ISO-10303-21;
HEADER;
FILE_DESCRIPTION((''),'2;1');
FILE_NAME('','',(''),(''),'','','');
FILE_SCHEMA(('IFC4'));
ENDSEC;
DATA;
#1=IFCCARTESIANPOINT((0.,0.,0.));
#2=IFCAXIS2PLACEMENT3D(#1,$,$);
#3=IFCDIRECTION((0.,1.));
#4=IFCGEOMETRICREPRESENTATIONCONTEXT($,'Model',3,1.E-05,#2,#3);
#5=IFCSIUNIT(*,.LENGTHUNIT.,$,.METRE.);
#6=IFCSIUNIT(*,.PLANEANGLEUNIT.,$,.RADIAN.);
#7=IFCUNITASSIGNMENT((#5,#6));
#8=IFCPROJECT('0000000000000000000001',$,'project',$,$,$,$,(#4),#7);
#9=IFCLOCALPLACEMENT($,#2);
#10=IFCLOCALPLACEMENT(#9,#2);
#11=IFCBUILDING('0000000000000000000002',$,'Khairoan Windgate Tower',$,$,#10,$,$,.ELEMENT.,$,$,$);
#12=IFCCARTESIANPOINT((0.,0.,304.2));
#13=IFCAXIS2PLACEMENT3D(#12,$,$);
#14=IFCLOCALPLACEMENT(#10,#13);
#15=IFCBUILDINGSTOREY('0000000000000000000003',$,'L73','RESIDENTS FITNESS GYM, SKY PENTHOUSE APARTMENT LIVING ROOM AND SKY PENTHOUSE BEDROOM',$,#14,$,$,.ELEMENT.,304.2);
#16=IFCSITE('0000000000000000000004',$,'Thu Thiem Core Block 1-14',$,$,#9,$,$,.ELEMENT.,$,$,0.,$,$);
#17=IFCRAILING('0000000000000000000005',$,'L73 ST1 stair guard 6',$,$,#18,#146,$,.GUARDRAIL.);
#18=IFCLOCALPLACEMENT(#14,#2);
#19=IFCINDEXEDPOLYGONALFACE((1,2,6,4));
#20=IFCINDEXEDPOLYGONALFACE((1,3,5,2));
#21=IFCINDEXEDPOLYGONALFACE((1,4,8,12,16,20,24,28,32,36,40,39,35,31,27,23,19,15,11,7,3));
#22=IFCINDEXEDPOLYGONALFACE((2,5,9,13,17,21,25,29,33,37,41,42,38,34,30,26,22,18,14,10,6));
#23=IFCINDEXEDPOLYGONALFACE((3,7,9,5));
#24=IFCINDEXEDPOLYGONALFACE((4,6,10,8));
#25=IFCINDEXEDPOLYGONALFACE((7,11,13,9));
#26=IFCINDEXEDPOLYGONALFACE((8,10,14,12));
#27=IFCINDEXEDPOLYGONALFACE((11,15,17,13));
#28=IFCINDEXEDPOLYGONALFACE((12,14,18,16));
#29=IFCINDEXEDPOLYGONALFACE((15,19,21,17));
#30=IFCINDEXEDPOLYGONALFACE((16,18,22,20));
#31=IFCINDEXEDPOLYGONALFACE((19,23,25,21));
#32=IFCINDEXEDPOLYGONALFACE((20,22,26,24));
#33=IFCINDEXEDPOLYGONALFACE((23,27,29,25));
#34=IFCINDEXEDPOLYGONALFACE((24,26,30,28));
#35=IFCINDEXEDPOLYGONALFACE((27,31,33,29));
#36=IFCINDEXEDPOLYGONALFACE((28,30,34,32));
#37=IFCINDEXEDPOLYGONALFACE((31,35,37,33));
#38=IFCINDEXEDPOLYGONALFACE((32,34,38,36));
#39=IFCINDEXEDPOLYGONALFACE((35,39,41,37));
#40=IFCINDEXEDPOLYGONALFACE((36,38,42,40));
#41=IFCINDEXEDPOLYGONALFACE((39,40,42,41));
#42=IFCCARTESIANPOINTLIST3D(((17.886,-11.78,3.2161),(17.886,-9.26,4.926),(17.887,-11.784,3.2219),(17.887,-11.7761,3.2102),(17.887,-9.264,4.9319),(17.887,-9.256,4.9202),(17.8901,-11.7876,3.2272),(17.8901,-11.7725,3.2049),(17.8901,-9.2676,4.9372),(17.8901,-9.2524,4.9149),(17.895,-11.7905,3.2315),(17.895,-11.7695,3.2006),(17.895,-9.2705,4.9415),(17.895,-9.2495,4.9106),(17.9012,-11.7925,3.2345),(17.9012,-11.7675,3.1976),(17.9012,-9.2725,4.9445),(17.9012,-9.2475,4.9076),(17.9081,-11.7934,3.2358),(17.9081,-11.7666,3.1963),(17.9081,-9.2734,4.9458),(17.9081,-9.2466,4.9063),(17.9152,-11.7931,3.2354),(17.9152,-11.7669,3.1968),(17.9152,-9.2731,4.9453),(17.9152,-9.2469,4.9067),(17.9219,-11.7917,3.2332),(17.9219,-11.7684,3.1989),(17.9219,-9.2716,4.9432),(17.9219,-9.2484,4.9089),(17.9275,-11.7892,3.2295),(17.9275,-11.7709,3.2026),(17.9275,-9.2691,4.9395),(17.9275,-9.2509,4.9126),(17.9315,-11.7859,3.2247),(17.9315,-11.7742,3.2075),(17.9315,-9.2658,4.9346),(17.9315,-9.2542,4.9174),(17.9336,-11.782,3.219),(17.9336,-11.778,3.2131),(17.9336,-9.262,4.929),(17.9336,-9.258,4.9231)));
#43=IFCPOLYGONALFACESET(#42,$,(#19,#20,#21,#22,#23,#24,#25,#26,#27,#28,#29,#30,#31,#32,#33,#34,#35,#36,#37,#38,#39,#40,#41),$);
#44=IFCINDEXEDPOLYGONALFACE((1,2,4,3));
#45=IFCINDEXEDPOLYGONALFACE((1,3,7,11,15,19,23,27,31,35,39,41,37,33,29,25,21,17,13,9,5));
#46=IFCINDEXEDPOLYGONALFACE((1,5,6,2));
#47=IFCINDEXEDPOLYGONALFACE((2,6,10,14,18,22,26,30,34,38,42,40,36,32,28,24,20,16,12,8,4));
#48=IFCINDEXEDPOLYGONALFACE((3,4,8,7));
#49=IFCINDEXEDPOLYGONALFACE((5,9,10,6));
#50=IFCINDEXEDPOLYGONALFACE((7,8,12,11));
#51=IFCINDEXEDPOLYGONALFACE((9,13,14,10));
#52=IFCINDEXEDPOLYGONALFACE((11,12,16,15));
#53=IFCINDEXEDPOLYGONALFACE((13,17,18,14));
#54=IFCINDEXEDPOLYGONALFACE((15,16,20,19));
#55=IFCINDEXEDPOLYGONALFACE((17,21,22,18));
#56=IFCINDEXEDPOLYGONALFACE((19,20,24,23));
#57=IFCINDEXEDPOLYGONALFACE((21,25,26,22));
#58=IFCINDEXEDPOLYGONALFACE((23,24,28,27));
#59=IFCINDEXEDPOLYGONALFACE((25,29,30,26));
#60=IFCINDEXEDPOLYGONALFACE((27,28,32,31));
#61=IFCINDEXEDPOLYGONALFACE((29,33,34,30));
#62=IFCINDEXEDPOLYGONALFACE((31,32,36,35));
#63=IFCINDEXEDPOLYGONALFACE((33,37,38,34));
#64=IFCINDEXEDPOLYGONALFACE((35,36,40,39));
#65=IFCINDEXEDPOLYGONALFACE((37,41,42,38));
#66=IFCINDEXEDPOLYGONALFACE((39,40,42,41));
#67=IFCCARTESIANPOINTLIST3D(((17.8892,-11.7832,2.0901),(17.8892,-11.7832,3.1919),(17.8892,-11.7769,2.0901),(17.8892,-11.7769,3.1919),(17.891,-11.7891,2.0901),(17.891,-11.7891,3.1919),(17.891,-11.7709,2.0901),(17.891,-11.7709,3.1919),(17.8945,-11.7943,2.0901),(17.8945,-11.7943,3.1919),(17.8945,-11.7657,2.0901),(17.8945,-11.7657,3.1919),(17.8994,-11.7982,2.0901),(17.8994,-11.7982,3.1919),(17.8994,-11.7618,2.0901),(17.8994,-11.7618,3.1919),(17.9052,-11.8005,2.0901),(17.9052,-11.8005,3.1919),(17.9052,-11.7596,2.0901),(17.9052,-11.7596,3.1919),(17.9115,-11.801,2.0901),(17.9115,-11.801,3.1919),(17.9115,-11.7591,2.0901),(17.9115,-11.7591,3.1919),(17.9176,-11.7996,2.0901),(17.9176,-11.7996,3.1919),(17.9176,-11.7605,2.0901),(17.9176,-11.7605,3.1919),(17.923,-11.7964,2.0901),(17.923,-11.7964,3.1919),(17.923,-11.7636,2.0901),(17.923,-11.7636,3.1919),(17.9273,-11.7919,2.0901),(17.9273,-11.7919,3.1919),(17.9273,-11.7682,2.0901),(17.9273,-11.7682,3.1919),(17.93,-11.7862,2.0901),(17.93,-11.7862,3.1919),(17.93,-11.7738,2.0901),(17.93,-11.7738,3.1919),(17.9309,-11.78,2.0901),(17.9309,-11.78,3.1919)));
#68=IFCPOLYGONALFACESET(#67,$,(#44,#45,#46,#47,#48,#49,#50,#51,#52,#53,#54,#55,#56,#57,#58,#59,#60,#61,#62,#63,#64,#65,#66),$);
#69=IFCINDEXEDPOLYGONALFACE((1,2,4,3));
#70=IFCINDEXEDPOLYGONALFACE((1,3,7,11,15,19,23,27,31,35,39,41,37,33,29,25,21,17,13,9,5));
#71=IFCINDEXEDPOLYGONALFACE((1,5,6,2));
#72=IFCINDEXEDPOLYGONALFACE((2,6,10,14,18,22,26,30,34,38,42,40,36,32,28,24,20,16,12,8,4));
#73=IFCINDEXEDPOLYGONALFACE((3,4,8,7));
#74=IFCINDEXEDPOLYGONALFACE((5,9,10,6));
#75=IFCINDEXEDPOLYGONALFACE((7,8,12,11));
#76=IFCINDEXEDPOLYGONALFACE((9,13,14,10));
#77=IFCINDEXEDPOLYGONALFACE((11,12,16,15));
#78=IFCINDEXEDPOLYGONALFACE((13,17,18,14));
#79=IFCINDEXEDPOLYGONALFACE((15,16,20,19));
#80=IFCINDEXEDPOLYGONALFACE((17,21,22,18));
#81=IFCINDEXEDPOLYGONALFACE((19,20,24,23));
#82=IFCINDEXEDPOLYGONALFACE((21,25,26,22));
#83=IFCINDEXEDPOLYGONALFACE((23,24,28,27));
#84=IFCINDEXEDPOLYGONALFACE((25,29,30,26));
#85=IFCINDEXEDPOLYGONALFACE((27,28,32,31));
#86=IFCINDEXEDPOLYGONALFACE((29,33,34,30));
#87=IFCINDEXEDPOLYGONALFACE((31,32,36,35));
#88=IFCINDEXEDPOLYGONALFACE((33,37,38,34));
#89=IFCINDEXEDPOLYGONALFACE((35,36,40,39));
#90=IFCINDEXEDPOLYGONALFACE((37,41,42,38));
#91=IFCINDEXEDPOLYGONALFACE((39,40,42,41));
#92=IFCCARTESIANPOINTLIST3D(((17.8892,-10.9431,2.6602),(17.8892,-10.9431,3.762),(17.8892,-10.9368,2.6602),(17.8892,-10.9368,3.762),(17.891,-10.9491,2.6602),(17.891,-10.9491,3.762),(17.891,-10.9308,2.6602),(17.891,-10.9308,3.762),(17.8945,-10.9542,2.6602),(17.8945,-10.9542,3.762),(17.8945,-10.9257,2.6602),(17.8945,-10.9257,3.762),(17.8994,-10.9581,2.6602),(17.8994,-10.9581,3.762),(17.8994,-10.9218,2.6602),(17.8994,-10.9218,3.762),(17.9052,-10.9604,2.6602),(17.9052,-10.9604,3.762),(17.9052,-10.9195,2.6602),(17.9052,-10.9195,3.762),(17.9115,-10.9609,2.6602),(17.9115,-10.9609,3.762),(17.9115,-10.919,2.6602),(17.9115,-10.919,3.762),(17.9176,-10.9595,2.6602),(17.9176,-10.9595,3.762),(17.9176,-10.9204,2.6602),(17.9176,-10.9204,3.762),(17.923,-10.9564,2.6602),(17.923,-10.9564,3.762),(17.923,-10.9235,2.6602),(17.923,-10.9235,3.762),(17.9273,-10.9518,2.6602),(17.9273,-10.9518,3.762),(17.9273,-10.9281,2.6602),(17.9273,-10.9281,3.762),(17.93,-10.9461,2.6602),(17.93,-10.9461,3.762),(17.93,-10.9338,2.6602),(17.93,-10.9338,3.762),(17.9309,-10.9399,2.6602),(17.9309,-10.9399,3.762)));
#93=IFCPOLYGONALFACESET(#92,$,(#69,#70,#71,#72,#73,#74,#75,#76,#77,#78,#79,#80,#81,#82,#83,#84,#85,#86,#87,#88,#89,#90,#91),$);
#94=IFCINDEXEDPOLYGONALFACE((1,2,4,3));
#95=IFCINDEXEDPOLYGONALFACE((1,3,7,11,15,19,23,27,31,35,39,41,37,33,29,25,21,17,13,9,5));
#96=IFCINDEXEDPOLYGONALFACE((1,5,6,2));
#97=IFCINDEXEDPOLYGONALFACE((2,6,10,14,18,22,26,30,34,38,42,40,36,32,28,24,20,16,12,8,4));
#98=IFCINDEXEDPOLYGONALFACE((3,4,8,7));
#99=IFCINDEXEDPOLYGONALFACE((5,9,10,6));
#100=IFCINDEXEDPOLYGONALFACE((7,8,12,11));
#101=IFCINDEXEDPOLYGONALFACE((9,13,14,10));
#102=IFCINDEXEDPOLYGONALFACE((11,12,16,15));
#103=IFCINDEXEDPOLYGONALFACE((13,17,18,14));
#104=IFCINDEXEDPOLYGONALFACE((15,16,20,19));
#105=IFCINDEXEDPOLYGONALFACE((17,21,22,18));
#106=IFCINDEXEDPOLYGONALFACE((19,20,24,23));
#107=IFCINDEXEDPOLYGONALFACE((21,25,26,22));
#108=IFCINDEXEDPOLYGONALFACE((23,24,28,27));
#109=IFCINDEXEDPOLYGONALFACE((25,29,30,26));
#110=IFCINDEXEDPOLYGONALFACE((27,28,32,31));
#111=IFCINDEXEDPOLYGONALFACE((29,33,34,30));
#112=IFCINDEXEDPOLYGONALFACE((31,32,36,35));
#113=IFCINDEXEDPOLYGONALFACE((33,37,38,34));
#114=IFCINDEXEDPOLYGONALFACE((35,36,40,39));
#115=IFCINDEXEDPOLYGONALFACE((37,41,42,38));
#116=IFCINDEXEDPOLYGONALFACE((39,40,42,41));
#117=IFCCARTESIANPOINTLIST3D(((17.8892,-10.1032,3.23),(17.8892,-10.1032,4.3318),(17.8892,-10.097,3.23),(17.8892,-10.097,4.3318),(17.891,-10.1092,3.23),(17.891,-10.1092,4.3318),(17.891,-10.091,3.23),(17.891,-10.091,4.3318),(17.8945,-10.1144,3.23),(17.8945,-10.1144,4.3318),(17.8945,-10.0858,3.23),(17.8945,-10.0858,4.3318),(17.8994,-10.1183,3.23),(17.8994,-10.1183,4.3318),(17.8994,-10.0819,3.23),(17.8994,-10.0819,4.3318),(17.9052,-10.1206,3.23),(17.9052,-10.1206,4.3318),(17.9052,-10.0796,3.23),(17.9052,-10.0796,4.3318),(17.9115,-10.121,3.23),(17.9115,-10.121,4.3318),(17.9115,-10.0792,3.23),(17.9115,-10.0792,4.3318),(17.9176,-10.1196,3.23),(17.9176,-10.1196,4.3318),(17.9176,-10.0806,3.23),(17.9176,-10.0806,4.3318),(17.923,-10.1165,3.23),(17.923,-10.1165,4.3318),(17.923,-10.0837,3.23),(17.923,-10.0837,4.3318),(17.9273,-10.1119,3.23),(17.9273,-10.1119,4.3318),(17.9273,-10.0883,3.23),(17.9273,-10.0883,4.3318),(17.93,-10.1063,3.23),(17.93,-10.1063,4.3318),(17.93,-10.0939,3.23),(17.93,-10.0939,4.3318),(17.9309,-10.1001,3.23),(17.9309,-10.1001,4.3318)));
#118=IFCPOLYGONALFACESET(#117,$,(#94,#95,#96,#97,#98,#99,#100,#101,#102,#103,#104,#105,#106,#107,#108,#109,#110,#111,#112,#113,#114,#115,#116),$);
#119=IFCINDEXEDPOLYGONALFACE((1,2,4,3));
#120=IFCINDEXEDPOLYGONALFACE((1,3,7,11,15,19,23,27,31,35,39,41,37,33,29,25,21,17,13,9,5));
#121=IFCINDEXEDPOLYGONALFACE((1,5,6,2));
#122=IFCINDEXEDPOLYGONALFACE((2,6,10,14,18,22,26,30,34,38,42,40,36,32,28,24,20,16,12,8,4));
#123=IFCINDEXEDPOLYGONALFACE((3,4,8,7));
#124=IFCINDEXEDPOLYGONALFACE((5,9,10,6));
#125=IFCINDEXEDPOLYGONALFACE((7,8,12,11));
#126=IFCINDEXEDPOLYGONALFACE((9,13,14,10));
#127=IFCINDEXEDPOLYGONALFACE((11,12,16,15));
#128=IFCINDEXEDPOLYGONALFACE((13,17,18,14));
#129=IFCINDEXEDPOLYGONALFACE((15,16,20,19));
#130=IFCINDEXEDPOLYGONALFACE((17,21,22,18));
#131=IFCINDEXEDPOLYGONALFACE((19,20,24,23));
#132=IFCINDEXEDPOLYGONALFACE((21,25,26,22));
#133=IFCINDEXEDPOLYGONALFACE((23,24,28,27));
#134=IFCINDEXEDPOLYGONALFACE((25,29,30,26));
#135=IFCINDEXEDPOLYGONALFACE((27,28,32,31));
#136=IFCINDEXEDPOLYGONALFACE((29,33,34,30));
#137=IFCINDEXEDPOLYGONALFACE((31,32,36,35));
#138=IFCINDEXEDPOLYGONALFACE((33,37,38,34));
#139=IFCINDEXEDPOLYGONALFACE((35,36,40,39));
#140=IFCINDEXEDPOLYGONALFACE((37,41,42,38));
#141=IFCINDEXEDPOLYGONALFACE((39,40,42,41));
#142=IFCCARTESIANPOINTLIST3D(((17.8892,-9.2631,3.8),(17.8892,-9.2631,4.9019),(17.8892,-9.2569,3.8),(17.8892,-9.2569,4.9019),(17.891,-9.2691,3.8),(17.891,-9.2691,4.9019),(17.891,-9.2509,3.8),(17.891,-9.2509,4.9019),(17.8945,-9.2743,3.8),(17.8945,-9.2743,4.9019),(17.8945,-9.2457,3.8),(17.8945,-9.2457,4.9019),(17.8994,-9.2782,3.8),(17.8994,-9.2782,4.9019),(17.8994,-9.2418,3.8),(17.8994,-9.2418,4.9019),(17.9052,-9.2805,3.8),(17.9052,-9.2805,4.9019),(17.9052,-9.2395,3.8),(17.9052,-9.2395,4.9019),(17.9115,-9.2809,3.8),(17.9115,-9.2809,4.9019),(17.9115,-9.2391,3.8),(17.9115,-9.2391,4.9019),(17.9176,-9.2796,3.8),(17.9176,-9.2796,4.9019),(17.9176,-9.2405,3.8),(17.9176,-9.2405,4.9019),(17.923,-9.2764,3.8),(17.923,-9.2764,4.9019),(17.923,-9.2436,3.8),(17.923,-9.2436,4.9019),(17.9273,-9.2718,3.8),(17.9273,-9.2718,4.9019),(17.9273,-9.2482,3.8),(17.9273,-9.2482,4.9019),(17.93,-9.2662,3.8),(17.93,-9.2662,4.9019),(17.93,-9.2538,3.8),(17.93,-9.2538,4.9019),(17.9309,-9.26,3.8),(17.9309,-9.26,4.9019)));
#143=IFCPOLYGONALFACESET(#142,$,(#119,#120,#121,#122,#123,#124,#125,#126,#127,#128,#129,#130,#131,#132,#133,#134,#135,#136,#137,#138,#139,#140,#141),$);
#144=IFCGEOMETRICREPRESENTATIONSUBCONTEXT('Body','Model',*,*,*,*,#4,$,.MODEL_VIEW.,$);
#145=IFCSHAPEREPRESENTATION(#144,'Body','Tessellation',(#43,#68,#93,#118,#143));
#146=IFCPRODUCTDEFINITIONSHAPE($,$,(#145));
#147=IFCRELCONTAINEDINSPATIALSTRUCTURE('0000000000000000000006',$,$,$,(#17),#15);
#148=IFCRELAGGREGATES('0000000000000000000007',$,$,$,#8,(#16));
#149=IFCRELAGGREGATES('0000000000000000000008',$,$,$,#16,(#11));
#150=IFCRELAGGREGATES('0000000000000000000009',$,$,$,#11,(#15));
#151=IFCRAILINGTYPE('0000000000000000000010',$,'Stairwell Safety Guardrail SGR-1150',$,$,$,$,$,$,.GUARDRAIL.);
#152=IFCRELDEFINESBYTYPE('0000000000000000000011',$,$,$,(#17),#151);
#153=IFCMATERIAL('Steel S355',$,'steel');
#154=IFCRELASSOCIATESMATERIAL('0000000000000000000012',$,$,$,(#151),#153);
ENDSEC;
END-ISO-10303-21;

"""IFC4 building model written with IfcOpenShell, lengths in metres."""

from ifc_helpers import new_model, si_unit, direction, frame, origin, origin_2d, place, context, subcontext, project, spatial, circle, extrude, material, type_object, element, save


model = new_model("IFC4")

# Units and contexts
model_context = context("Model", 3, precision=1e-05, world=origin(), true_north=direction((0.0, 1.0)))
body_context = subcontext(model_context, "Body", "Model", "MODEL_VIEW")
ifc_project = project(units=[si_unit("LENGTHUNIT", "METRE"), si_unit("PLANEANGLEUNIT", "RADIAN")], contexts=[model_context])

# Site, building, storey
site_placement = place(None, origin())
site = spatial("IfcSite", under=ifc_project, at=site_placement, Name="Thu Thiem Core Block 1-14", CompositionType="ELEMENT", RefElevation=0.0)
building_placement = place(site_placement, origin())
building = spatial("IfcBuilding", under=site, at=building_placement, Name="Khairoan Windgate Tower", CompositionType="ELEMENT")
storey_placement = place(building_placement, frame((0.0, 0.0, 304.2)))
storey = spatial("IfcBuildingStorey", under=building, at=storey_placement, Name="L73", Description="RESIDENTS FITNESS GYM, SKY PENTHOUSE APARTMENT LIVING ROOM AND SKY PENTHOUSE BEDROOM", CompositionType="ELEMENT", Elevation=304.2)

# Railing
ifc_material_1 = material(Name="Steel S355", Category="steel")
railing_type_1 = type_object("IfcRailingType", Name="Stairwell Safety Guardrail SGR-1150", PredefinedType="GUARDRAIL", material=ifc_material_1)
railing_1_placement = place(storey_placement, frame((17.9099, -11.78, 2.0901)))
element("IfcRailing", 1, at=railing_1_placement, inside=storey, type_object=railing_type_1, Name="L73 ST1 stair guard 6", PredefinedType="GUARDRAIL", context=body_context, shape_type="SweptSolid", body=[
    extrude(circle(Radius=0.0239, at=origin_2d()), frame((0.0, 0.0, 1.126), z_axis=(0.0, 0.827484, 0.56149), x_axis=(-1.0, 0.0, 0.0)), (0.0, 0.0, 1.0), 3.0454),
    extrude(circle(Radius=0.021, at=origin_2d()), origin(), (0.0, 0.0, 1.0), 1.1018),
    extrude(circle(Radius=0.021, at=origin_2d()), frame((0.0, 0.8401, 0.5701)), (0.0, 0.0, 1.0), 1.1018),
    extrude(circle(Radius=0.021, at=origin_2d()), frame((0.0, 1.6799, 1.1399)), (0.0, 0.0, 1.0), 1.1018),
    extrude(circle(Radius=0.021, at=origin_2d()), frame((0.0, 2.52, 1.71)), (0.0, 0.0, 1.0), 1.1018),
])

save(model, "model.ifc")
